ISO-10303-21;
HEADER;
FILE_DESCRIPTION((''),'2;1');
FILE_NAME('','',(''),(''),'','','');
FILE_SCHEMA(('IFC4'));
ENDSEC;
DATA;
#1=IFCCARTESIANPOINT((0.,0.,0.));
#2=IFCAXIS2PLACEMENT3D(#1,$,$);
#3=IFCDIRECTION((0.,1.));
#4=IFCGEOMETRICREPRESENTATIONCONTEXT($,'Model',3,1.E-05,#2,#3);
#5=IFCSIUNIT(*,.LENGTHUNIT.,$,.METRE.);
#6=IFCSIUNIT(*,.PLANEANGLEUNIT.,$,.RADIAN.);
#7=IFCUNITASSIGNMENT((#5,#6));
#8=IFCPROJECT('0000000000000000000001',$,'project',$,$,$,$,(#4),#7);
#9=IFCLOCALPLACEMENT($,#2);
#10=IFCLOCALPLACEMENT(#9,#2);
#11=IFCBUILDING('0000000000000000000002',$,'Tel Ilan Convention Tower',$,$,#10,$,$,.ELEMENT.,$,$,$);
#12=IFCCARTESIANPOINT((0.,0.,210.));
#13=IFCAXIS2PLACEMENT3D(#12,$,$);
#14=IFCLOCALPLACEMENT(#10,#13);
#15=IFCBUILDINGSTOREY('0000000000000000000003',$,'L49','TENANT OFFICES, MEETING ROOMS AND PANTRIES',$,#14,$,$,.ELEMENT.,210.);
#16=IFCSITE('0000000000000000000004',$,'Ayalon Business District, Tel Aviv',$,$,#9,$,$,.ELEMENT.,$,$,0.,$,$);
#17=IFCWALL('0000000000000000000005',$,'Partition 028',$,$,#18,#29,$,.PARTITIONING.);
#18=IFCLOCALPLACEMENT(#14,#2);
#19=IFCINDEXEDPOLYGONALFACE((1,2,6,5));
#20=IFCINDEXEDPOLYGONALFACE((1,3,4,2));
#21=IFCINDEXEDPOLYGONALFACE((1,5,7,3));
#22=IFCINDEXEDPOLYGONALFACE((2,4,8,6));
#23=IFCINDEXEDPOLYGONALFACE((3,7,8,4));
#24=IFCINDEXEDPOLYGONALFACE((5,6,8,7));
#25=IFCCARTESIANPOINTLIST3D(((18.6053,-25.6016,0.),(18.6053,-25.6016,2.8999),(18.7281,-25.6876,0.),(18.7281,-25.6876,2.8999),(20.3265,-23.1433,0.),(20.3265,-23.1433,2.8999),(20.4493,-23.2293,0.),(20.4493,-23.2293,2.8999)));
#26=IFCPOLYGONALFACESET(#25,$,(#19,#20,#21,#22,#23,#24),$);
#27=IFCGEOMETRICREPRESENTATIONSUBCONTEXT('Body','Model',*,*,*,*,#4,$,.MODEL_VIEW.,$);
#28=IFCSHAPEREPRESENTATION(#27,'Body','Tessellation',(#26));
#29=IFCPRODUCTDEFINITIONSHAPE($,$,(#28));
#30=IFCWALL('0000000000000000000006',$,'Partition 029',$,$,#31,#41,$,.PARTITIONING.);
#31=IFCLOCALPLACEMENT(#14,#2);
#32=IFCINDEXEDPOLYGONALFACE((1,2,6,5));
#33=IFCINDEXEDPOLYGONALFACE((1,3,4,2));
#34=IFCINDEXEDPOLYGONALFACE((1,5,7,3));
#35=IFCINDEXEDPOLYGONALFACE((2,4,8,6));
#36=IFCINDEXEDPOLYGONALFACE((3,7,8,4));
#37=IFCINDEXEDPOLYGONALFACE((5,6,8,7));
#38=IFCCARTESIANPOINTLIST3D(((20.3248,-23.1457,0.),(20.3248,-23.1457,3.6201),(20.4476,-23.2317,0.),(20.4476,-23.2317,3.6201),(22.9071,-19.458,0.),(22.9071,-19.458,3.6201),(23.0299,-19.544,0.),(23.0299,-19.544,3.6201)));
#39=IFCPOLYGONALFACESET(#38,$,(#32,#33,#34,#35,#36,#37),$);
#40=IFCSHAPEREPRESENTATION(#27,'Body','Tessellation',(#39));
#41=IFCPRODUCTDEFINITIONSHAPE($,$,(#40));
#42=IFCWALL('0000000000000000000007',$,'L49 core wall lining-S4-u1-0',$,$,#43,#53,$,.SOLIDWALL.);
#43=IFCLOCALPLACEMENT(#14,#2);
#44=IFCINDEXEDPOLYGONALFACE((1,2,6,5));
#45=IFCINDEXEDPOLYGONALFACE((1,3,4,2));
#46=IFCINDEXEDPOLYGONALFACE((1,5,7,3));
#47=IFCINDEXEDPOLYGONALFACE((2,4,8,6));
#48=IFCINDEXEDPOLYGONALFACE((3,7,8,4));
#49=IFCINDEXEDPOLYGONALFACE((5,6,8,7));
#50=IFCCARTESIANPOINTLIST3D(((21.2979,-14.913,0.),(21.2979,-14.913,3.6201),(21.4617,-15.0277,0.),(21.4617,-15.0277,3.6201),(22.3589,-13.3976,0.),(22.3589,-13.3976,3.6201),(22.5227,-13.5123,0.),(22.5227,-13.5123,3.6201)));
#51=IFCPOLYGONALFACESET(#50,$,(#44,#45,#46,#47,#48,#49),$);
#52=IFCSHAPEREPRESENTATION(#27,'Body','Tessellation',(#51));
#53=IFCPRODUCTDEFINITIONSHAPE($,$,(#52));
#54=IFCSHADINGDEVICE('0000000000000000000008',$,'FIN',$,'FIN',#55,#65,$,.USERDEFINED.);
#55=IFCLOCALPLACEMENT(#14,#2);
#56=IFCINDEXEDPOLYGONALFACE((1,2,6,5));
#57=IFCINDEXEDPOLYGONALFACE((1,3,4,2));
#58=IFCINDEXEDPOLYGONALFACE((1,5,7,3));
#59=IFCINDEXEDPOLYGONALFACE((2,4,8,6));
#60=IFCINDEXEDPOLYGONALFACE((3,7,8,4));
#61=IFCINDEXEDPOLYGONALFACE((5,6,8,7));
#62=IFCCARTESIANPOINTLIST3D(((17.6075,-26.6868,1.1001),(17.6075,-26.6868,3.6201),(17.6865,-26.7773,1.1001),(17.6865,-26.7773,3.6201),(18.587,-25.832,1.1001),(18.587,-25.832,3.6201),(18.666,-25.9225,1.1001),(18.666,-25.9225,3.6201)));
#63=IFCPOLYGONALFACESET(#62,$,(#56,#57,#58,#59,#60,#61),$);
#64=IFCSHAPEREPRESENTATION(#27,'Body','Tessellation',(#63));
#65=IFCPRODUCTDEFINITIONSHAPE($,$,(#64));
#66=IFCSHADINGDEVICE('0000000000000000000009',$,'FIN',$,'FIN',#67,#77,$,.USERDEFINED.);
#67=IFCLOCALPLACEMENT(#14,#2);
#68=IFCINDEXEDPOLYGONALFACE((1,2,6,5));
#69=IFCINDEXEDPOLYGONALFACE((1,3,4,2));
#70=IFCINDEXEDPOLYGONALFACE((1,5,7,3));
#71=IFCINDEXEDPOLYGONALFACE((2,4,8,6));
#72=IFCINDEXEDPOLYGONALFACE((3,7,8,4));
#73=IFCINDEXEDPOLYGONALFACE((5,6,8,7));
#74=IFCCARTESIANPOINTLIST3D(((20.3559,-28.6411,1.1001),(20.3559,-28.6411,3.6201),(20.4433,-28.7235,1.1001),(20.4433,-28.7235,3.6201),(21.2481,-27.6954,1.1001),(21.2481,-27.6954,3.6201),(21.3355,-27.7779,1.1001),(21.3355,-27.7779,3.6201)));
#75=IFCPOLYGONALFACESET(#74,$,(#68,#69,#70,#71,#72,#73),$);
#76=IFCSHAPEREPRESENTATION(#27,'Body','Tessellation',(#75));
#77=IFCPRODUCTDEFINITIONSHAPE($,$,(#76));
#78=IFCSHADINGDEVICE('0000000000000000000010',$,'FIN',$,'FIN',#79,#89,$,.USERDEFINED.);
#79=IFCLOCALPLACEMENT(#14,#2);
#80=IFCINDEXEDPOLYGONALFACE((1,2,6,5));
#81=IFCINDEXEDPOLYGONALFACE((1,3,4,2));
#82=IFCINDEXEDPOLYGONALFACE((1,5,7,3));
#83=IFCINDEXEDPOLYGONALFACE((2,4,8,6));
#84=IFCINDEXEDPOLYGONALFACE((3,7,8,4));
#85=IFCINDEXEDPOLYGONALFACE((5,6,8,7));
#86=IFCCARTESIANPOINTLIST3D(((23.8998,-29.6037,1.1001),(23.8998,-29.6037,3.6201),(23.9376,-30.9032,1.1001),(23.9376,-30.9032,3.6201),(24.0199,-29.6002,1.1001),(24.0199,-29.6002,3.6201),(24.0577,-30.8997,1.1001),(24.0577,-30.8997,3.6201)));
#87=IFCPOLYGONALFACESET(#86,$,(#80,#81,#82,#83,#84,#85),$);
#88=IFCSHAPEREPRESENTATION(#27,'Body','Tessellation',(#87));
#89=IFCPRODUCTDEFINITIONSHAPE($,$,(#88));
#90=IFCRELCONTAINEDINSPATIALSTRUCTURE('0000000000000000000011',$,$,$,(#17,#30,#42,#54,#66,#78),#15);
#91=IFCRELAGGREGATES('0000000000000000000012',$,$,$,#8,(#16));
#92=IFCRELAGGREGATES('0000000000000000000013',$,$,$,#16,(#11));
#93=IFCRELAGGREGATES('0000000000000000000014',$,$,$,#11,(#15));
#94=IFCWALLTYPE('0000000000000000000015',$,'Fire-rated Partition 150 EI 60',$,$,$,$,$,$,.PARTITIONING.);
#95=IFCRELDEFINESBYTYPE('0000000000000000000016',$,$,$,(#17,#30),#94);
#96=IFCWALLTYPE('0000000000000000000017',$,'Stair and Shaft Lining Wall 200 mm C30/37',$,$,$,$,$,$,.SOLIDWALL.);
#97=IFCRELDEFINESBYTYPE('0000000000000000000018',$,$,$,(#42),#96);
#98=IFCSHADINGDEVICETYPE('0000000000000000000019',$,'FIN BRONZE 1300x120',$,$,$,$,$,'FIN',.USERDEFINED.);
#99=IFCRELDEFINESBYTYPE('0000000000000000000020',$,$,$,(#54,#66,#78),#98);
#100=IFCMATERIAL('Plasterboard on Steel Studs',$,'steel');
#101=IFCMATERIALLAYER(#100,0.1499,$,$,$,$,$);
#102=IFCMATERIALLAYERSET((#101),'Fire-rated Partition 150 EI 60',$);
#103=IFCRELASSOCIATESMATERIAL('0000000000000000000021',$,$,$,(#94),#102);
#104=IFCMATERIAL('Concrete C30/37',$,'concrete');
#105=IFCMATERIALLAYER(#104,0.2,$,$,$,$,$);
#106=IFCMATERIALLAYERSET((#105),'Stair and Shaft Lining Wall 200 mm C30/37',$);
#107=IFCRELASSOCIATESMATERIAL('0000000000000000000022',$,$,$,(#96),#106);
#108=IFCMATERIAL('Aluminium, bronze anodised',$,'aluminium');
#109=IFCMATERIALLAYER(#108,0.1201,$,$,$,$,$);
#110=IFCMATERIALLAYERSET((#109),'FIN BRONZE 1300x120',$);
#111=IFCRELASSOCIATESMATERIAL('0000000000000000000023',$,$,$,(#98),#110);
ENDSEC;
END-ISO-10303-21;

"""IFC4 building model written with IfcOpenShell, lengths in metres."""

from ifc_helpers import new_model, si_unit, direction, frame, frame_2d, origin, origin_2d, place, context, subcontext, project, spatial, rectangle, extrude, material, layer, layer_set, type_object, element, save


model = new_model("IFC4")

# Units and contexts
model_context = context("Model", 3, precision=1e-05, world=origin(), true_north=direction((0.0, 1.0)))
body_context = subcontext(model_context, "Body", "Model", "MODEL_VIEW")
ifc_project = project(units=[si_unit("LENGTHUNIT", "METRE"), si_unit("PLANEANGLEUNIT", "RADIAN")], contexts=[model_context])

# Site, building, storey
site_placement = place(None, origin())
site = spatial("IfcSite", under=ifc_project, at=site_placement, Name="Ayalon Business District, Tel Aviv", CompositionType="ELEMENT", RefElevation=0.0)
building_placement = place(site_placement, origin())
building = spatial("IfcBuilding", under=site, at=building_placement, Name="Tel Ilan Convention Tower", CompositionType="ELEMENT")
storey_placement = place(building_placement, frame((0.0, 0.0, 210.0)))
storey = spatial("IfcBuildingStorey", under=building, at=storey_placement, Name="L49", Description="TENANT OFFICES, MEETING ROOMS AND PANTRIES", CompositionType="ELEMENT", Elevation=210.0)

# Shared definitions
ifc_material_1 = material(Name="Plasterboard on Steel Studs", Category="steel")
ifc_layer_1 = layer(ifc_material_1, 0.1499)
ifc_layer_set_1 = layer_set([ifc_layer_1], Name="Fire-rated Partition 150 EI 60")
wall_type_1 = type_object("IfcWallType", Name="Fire-rated Partition 150 EI 60", PredefinedType="PARTITIONING", material=ifc_layer_set_1)

# Walls
wall_1_placement = place(storey_placement, frame((20.3879, -23.1863, 0.0), z_axis=(0.0, 0.0, 1.0), x_axis=(-0.573555, -0.819167, 0.0)))
element("IfcWall", 1, at=wall_1_placement, inside=storey, type_object=wall_type_1, Name="Partition 028", PredefinedType="PARTITIONING", context=body_context, shape_type="SweptSolid", body=[
    extrude(rectangle(XDim=3.001, YDim=0.1499, at=frame_2d((1.5005, 0.0))), origin(), (0.0, 0.0, 1.0), 2.8999),
])
wall_2_placement = place(storey_placement, frame((22.9685, -19.501, 0.0), z_axis=(0.0, 0.0, 1.0), x_axis=(-0.57359, -0.819143, 0.0)))
element("IfcWall", 2, at=wall_2_placement, inside=storey, type_object=wall_type_1, Name="Partition 029", PredefinedType="PARTITIONING", context=body_context, shape_type="SweptSolid", body=[
    extrude(rectangle(XDim=4.502, YDim=0.1499, at=frame_2d((2.251, 0.0))), origin(), (0.0, 0.0, 1.0), 3.6201),
])
ifc_material_2 = material(Name="Concrete C30/37", Category="concrete")
ifc_layer_2 = layer(ifc_material_2, 0.2)
ifc_layer_set_2 = layer_set([ifc_layer_2], Name="Stair and Shaft Lining Wall 200 mm C30/37")
wall_type_2 = type_object("IfcWallType", Name="Stair and Shaft Lining Wall 200 mm C30/37", PredefinedType="SOLIDWALL", material=ifc_layer_set_2)
wall_3_placement = place(storey_placement, frame((21.3799, -14.9702, 0.0), z_axis=(0.0, 0.0, 1.0), x_axis=(0.57356, 0.819164, 0.0)))
element("IfcWall", 3, at=wall_3_placement, inside=storey, type_object=wall_type_2, Name="L49 core wall lining-S4-u1-0", PredefinedType="SOLIDWALL", context=body_context, shape_type="SweptSolid", body=[
    extrude(rectangle(XDim=1.8499, YDim=0.2, at=frame_2d((0.9248, 0.0))), origin(), (0.0, 0.0, 1.0), 3.6201),
])

# Shading devices
ifc_material_3 = material(Name="Aluminium, bronze anodised", Category="aluminium")
ifc_layer_3 = layer(ifc_material_3, 0.1201)
ifc_layer_set_3 = layer_set([ifc_layer_3], Name="FIN BRONZE 1300x120")
shading_device_type = type_object("IfcShadingDeviceType", Name="FIN BRONZE 1300x120", ElementType="FIN", PredefinedType="USERDEFINED", material=ifc_layer_set_3)
for number, where, z_axis, x_axis, name in (
    (4, (18.1367, -26.3047, 1.1001), (0.0, 0.0, 1.0), (-0.753436, -0.657521, 0.0), "FIN"),
    (5, (20.8457, -28.2095, 1.1001), (0.0, 0.0, 1.0), (-0.686242, -0.727374, 0.0), "FIN"),
    (6, (23.9788, -30.2517, 1.1001), (0.0, 0.0, 1.0), (0.029085, -0.999577, 0.0), "FIN"),
):
    element("IfcShadingDevice", number, at=place(storey_placement, frame(where, z_axis=z_axis, x_axis=x_axis)), inside=storey, type_object=shading_device_type, Name=name, ObjectType="FIN", PredefinedType="USERDEFINED", context=body_context, shape_type="SweptSolid", body=[
        extrude(rectangle(XDim=1.3, YDim=0.1201, at=origin_2d()), origin(), (0.0, 0.0, 1.0), 2.52),
    ])

save(model, "model.ifc")
